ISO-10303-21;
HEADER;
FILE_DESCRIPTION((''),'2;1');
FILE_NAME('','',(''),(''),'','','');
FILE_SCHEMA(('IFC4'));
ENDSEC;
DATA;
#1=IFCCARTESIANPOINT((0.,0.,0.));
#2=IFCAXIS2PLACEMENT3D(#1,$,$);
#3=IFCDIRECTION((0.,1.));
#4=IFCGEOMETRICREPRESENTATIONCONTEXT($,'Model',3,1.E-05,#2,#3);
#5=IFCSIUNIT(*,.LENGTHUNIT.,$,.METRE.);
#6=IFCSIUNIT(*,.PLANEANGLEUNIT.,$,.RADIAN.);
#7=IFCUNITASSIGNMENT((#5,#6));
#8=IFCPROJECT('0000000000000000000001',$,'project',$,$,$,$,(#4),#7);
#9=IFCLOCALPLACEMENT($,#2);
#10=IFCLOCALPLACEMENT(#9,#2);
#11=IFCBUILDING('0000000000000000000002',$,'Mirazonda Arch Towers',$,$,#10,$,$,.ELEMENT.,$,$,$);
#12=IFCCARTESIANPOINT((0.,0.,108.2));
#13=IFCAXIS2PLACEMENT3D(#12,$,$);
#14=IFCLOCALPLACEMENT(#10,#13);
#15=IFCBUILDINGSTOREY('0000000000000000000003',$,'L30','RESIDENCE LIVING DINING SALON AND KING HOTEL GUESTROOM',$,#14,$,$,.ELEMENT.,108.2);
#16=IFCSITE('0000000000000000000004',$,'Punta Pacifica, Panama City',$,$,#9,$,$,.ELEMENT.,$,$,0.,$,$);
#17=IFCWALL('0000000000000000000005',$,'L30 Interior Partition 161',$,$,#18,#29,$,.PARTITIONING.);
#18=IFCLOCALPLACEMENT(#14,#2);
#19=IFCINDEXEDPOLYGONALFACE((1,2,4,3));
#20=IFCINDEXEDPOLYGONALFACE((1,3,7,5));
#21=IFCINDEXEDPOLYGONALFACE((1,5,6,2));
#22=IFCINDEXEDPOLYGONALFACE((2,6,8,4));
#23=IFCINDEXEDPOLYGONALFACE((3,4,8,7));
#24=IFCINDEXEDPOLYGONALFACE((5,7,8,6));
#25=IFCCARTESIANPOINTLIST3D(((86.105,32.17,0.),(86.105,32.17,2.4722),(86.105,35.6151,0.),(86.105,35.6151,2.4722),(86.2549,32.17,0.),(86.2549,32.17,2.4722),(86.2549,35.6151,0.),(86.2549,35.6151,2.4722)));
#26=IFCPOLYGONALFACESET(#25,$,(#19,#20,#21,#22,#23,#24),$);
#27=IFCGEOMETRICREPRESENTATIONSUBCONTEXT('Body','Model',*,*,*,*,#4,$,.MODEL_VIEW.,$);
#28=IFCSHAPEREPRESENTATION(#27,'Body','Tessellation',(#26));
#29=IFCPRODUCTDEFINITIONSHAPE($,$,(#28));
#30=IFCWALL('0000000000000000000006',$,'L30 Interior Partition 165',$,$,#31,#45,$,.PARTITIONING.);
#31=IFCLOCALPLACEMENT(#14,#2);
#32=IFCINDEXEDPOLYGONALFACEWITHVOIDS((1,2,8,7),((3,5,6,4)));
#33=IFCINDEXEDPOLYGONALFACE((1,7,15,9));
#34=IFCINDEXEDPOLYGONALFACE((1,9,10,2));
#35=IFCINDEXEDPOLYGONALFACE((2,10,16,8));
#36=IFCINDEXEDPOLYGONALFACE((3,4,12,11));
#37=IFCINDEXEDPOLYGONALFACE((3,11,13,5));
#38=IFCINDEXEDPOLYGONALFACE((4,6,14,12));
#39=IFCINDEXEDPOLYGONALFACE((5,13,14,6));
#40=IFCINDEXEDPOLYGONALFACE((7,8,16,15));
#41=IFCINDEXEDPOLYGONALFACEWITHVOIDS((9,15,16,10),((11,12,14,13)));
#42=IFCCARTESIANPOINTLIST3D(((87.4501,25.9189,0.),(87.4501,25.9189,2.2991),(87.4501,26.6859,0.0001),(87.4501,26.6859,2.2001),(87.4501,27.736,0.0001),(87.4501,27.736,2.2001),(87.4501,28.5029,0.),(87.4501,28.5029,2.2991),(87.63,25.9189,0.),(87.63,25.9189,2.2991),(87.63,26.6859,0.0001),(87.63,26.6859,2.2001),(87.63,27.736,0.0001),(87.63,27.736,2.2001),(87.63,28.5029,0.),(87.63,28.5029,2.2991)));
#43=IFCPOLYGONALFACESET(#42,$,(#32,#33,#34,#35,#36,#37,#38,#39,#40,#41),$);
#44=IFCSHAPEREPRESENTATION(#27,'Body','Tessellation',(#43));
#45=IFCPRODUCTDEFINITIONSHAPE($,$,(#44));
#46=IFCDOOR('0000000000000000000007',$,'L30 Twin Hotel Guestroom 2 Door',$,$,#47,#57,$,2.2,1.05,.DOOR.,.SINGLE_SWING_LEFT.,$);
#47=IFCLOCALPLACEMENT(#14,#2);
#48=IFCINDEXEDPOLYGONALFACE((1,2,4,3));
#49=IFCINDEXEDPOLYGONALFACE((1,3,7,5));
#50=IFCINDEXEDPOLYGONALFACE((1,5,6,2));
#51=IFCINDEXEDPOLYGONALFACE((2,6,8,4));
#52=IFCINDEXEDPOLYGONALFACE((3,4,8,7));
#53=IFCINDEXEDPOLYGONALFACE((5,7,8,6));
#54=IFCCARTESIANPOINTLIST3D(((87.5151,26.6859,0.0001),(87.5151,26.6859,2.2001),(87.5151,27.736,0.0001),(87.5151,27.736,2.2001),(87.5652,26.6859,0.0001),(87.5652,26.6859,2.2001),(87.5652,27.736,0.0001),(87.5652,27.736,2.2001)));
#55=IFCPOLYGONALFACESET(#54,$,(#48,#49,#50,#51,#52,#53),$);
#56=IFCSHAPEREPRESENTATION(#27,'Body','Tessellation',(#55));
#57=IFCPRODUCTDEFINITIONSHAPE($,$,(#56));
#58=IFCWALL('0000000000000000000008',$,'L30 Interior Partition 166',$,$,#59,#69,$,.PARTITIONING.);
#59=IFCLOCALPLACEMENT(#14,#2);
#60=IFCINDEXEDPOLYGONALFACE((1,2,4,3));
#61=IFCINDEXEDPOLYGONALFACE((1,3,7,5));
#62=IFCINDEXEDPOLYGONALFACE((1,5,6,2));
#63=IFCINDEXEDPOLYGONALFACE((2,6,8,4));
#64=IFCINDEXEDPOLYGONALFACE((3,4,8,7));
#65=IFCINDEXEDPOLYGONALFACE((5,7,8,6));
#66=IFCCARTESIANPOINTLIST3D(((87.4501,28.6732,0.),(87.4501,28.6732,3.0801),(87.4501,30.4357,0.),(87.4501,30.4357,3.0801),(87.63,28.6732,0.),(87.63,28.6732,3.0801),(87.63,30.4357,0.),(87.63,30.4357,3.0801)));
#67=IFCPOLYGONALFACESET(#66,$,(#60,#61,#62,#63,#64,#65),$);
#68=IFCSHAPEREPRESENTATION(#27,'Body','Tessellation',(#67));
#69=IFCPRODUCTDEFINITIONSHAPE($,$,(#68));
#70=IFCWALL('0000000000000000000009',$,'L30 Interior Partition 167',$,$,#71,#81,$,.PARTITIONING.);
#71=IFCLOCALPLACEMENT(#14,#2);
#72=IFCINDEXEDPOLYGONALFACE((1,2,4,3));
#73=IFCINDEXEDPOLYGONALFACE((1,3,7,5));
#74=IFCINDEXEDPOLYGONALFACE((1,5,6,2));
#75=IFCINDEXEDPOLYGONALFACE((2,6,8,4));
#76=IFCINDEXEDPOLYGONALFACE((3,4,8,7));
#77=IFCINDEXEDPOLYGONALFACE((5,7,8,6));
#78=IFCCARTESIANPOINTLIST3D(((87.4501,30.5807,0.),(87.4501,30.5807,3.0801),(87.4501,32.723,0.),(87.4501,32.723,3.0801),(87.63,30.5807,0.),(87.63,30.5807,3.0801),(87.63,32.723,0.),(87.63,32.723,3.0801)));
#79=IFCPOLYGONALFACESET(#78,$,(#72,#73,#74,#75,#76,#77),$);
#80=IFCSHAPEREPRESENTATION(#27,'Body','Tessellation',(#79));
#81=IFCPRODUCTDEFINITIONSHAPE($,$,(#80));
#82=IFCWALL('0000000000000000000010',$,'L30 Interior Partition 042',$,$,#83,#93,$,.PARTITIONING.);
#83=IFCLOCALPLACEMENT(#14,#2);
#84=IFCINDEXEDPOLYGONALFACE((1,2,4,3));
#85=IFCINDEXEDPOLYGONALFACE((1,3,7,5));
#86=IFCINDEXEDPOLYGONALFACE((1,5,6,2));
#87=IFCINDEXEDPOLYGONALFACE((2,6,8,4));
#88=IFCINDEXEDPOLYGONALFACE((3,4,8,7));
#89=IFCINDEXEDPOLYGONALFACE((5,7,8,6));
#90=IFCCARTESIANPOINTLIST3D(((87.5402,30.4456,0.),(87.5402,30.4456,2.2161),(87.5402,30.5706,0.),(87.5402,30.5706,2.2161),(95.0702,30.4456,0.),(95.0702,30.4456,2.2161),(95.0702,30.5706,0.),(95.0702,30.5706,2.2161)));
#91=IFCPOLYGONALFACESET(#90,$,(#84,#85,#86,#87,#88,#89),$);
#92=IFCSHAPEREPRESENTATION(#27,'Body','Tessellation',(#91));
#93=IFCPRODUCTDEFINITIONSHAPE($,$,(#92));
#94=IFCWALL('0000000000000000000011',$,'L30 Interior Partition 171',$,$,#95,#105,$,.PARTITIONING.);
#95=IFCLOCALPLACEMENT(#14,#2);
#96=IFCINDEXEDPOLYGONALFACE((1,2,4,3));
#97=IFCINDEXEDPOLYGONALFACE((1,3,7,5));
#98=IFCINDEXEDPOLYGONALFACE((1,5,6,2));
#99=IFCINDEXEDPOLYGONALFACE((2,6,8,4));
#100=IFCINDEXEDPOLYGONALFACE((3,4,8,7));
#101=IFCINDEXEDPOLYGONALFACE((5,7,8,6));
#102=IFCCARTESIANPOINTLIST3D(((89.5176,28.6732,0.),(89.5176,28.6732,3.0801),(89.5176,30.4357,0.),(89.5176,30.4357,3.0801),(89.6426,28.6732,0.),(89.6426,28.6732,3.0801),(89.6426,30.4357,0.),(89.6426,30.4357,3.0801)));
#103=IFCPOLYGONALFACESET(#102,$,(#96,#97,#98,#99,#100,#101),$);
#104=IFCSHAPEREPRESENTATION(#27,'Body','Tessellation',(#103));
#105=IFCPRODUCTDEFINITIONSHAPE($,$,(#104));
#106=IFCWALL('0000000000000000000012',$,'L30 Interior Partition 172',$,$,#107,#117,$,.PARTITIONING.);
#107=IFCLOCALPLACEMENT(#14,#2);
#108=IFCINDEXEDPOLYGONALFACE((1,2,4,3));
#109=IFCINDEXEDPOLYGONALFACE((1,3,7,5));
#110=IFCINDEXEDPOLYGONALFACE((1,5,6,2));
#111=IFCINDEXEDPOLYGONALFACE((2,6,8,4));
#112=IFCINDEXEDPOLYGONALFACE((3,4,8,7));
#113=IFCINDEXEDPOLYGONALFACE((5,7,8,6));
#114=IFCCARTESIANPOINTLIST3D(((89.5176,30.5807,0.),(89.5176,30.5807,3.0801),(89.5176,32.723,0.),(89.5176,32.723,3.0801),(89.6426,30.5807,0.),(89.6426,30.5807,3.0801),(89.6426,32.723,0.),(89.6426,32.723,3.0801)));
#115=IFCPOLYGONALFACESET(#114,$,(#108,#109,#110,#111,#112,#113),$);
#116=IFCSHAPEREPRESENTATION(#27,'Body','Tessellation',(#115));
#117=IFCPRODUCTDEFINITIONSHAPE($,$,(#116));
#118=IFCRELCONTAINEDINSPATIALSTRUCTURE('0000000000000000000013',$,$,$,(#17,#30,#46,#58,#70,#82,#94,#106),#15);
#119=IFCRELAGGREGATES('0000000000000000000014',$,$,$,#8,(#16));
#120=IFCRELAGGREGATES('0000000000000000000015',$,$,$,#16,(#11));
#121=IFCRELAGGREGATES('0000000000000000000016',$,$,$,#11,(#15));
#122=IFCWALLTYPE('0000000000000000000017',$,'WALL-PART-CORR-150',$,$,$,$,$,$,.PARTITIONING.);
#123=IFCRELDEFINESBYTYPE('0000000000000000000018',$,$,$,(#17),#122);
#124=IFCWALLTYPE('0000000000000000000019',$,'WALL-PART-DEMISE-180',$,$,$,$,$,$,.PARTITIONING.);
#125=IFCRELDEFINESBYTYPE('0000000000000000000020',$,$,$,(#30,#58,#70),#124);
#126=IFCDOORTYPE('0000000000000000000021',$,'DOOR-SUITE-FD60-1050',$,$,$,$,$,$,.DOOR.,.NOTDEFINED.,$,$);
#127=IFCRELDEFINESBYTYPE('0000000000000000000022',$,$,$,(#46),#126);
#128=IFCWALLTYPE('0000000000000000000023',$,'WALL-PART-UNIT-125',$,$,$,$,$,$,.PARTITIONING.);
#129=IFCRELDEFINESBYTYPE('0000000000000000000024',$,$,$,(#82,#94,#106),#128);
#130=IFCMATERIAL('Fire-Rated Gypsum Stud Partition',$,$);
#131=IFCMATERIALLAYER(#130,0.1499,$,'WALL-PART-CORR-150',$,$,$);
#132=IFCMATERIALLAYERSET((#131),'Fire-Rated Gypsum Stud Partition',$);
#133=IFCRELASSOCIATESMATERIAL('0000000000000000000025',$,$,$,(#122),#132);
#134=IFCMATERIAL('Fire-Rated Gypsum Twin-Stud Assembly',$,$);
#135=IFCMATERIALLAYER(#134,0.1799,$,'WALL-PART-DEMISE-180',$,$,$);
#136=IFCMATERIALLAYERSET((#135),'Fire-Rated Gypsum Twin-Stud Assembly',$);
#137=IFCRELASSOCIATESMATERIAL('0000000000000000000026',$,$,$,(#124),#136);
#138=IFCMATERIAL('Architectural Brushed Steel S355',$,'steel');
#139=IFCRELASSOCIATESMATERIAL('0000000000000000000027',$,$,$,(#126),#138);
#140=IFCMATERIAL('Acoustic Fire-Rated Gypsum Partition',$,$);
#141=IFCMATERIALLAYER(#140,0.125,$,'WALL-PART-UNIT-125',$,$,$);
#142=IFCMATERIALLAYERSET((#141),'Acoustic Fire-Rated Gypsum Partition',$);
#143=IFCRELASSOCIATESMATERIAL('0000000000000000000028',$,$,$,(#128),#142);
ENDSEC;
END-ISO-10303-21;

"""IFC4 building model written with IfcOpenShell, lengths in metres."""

from ifc_helpers import new_model, si_unit, direction, frame, frame_2d, origin, place, context, subcontext, project, spatial, rectangle, extrude, material, layer, layer_set, type_object, element, fill, save


model = new_model("IFC4")

# Units and contexts
model_context = context("Model", 3, precision=1e-05, world=origin(), true_north=direction((0.0, 1.0)))
body_context = subcontext(model_context, "Body", "Model", "MODEL_VIEW")
ifc_project = project(units=[si_unit("LENGTHUNIT", "METRE"), si_unit("PLANEANGLEUNIT", "RADIAN")], contexts=[model_context])

# Site, building, storey
site_placement = place(None, origin())
site = spatial("IfcSite", under=ifc_project, at=site_placement, Name="Punta Pacifica, Panama City", CompositionType="ELEMENT", RefElevation=0.0)
building_placement = place(site_placement, origin())
building = spatial("IfcBuilding", under=site, at=building_placement, Name="Mirazonda Arch Towers", CompositionType="ELEMENT")
storey_placement = place(building_placement, frame((0.0, 0.0, 108.2)))
storey = spatial("IfcBuildingStorey", under=building, at=storey_placement, Name="L30", Description="RESIDENCE LIVING DINING SALON AND KING HOTEL GUESTROOM", CompositionType="ELEMENT", Elevation=108.2)

# Shared definitions
ifc_material_1 = material(Name="Fire-Rated Gypsum Stud Partition")
ifc_layer_1 = layer(ifc_material_1, 0.1499, Name="WALL-PART-CORR-150")
ifc_layer_set_1 = layer_set([ifc_layer_1], Name="Fire-Rated Gypsum Stud Partition")
wall_type_1 = type_object("IfcWallType", Name="WALL-PART-CORR-150", PredefinedType="PARTITIONING", material=ifc_layer_set_1)
ifc_material_2 = material(Name="Architectural Brushed Steel S355", Category="steel")

# Wall
wall_1_placement = place(storey_placement, frame((86.1799, 32.1699, 0.0), z_axis=(0.0, 0.0, 1.0), x_axis=(0.0, 1.0, 0.0)))
element("IfcWall", 1, at=wall_1_placement, inside=storey, type_object=wall_type_1, Name="L30 Interior Partition 161", PredefinedType="PARTITIONING", context=body_context, shape_type="SweptSolid", body=[
    extrude(rectangle(XDim=3.4451, YDim=0.1499, at=frame_2d((1.7227, 0.0))), origin(), (0.0, 0.0, 1.0), 2.4722),
])

# Wall, opening, door
ifc_material_3 = material(Name="Fire-Rated Gypsum Twin-Stud Assembly")
ifc_layer_2 = layer(ifc_material_3, 0.1799, Name="WALL-PART-DEMISE-180")
ifc_layer_set_2 = layer_set([ifc_layer_2], Name="Fire-Rated Gypsum Twin-Stud Assembly")
wall_type_2 = type_object("IfcWallType", Name="WALL-PART-DEMISE-180", PredefinedType="PARTITIONING", material=ifc_layer_set_2)
wall_2_placement = place(storey_placement, frame((87.54, 25.9189, 0.0), z_axis=(0.0, 0.0, 1.0), x_axis=(0.0, 1.0, 0.0)))
wall_2 = element("IfcWall", 2, at=wall_2_placement, inside=storey, type_object=wall_type_2, Name="L30 Interior Partition 165", PredefinedType="PARTITIONING", context=body_context, shape_type="SweptSolid", body=[
    extrude(rectangle(XDim=2.584, YDim=0.1799, at=frame_2d((1.292, 0.0))), origin(), (0.0, 0.0, 1.0), 2.2991),
])
opening_1_placement = place(wall_2_placement, frame((0.7671, 0.0, 0.0)))
opening_1 = element("IfcOpeningElement", 3, at=opening_1_placement, cuts=wall_2, PredefinedType="OPENING", context=body_context, shape_type="SweptSolid", body=[
    extrude(rectangle(XDim=1.05, YDim=2.2, at=frame_2d((0.5249, 1.1001))), frame((0.0, 0.0999, 0.0), z_axis=(0.0, -1.0, 0.0), x_axis=(1.0, 0.0, 0.0)), (0.0, 0.0, 1.0), 0.2),
])
door_type_1 = type_object("IfcDoorType", Name="DOOR-SUITE-FD60-1050", OperationType="NOTDEFINED", PredefinedType="DOOR", material=ifc_material_2)
door_1_placement = place(opening_1_placement, origin())
door_1 = element("IfcDoor", 4, at=door_1_placement, inside=storey, type_object=door_type_1, Name="L30 Twin Hotel Guestroom 2 Door", OperationType="SINGLE_SWING_LEFT", OverallHeight=2.2, OverallWidth=1.05, PredefinedType="DOOR", context=body_context, shape_type="SweptSolid", body=[
    extrude(rectangle(XDim=1.05, YDim=2.2, at=frame_2d((0.5249, 1.1001))), frame((0.0, 0.0249, 0.0), z_axis=(0.0, -1.0, 0.0), x_axis=(1.0, 0.0, 0.0)), (0.0, 0.0, 1.0), 0.05),
])
fill(opening_1, door_1)

# Walls
wall_3_placement = place(storey_placement, frame((87.54, 28.6731, 0.0), z_axis=(0.0, 0.0, 1.0), x_axis=(0.0, 1.0, 0.0)))
element("IfcWall", 5, at=wall_3_placement, inside=storey, type_object=wall_type_2, Name="L30 Interior Partition 166", PredefinedType="PARTITIONING", context=body_context, shape_type="SweptSolid", body=[
    extrude(rectangle(XDim=1.7625, YDim=0.1799, at=frame_2d((0.8813, 0.0))), origin(), (0.0, 0.0, 1.0), 3.0801),
])
wall_4_placement = place(storey_placement, frame((87.54, 30.5806, 0.0), z_axis=(0.0, 0.0, 1.0), x_axis=(0.0, 1.0, 0.0)))
element("IfcWall", 6, at=wall_4_placement, inside=storey, type_object=wall_type_2, Name="L30 Interior Partition 167", PredefinedType="PARTITIONING", context=body_context, shape_type="SweptSolid", body=[
    extrude(rectangle(XDim=2.1423, YDim=0.1799, at=frame_2d((1.0713, 0.0))), origin(), (0.0, 0.0, 1.0), 3.0801),
])
ifc_material_4 = material(Name="Acoustic Fire-Rated Gypsum Partition")
ifc_layer_3 = layer(ifc_material_4, 0.125, Name="WALL-PART-UNIT-125")
ifc_layer_set_3 = layer_set([ifc_layer_3], Name="Acoustic Fire-Rated Gypsum Partition")
wall_type_3 = type_object("IfcWallType", Name="WALL-PART-UNIT-125", PredefinedType="PARTITIONING", material=ifc_layer_set_3)
wall_5_placement = place(storey_placement, frame((87.54, 30.5081, 0.0), z_axis=(0.0, 0.0, 1.0), x_axis=(1.0, 0.0, 0.0)))
element("IfcWall", 7, at=wall_5_placement, inside=storey, type_object=wall_type_3, Name="L30 Interior Partition 042", PredefinedType="PARTITIONING", context=body_context, shape_type="SweptSolid", body=[
    extrude(rectangle(XDim=7.53, YDim=0.125, at=frame_2d((3.7651, 0.0))), origin(), (0.0, 0.0, 1.0), 2.2161),
])
wall_6_placement = place(storey_placement, frame((89.5801, 28.6731, 0.0), z_axis=(0.0, 0.0, 1.0), x_axis=(0.0, 1.0, 0.0)))
element("IfcWall", 8, at=wall_6_placement, inside=storey, type_object=wall_type_3, Name="L30 Interior Partition 171", PredefinedType="PARTITIONING", context=body_context, shape_type="SweptSolid", body=[
    extrude(rectangle(XDim=1.7625, YDim=0.125, at=frame_2d((0.8813, 0.0))), origin(), (0.0, 0.0, 1.0), 3.0801),
])
wall_7_placement = place(storey_placement, frame((89.5801, 30.5806, 0.0), z_axis=(0.0, 0.0, 1.0), x_axis=(0.0, 1.0, 0.0)))
element("IfcWall", 9, at=wall_7_placement, inside=storey, type_object=wall_type_3, Name="L30 Interior Partition 172", PredefinedType="PARTITIONING", context=body_context, shape_type="SweptSolid", body=[
    extrude(rectangle(XDim=2.1423, YDim=0.125, at=frame_2d((1.0713, 0.0))), origin(), (0.0, 0.0, 1.0), 3.0801),
])

save(model, "model.ifc")
